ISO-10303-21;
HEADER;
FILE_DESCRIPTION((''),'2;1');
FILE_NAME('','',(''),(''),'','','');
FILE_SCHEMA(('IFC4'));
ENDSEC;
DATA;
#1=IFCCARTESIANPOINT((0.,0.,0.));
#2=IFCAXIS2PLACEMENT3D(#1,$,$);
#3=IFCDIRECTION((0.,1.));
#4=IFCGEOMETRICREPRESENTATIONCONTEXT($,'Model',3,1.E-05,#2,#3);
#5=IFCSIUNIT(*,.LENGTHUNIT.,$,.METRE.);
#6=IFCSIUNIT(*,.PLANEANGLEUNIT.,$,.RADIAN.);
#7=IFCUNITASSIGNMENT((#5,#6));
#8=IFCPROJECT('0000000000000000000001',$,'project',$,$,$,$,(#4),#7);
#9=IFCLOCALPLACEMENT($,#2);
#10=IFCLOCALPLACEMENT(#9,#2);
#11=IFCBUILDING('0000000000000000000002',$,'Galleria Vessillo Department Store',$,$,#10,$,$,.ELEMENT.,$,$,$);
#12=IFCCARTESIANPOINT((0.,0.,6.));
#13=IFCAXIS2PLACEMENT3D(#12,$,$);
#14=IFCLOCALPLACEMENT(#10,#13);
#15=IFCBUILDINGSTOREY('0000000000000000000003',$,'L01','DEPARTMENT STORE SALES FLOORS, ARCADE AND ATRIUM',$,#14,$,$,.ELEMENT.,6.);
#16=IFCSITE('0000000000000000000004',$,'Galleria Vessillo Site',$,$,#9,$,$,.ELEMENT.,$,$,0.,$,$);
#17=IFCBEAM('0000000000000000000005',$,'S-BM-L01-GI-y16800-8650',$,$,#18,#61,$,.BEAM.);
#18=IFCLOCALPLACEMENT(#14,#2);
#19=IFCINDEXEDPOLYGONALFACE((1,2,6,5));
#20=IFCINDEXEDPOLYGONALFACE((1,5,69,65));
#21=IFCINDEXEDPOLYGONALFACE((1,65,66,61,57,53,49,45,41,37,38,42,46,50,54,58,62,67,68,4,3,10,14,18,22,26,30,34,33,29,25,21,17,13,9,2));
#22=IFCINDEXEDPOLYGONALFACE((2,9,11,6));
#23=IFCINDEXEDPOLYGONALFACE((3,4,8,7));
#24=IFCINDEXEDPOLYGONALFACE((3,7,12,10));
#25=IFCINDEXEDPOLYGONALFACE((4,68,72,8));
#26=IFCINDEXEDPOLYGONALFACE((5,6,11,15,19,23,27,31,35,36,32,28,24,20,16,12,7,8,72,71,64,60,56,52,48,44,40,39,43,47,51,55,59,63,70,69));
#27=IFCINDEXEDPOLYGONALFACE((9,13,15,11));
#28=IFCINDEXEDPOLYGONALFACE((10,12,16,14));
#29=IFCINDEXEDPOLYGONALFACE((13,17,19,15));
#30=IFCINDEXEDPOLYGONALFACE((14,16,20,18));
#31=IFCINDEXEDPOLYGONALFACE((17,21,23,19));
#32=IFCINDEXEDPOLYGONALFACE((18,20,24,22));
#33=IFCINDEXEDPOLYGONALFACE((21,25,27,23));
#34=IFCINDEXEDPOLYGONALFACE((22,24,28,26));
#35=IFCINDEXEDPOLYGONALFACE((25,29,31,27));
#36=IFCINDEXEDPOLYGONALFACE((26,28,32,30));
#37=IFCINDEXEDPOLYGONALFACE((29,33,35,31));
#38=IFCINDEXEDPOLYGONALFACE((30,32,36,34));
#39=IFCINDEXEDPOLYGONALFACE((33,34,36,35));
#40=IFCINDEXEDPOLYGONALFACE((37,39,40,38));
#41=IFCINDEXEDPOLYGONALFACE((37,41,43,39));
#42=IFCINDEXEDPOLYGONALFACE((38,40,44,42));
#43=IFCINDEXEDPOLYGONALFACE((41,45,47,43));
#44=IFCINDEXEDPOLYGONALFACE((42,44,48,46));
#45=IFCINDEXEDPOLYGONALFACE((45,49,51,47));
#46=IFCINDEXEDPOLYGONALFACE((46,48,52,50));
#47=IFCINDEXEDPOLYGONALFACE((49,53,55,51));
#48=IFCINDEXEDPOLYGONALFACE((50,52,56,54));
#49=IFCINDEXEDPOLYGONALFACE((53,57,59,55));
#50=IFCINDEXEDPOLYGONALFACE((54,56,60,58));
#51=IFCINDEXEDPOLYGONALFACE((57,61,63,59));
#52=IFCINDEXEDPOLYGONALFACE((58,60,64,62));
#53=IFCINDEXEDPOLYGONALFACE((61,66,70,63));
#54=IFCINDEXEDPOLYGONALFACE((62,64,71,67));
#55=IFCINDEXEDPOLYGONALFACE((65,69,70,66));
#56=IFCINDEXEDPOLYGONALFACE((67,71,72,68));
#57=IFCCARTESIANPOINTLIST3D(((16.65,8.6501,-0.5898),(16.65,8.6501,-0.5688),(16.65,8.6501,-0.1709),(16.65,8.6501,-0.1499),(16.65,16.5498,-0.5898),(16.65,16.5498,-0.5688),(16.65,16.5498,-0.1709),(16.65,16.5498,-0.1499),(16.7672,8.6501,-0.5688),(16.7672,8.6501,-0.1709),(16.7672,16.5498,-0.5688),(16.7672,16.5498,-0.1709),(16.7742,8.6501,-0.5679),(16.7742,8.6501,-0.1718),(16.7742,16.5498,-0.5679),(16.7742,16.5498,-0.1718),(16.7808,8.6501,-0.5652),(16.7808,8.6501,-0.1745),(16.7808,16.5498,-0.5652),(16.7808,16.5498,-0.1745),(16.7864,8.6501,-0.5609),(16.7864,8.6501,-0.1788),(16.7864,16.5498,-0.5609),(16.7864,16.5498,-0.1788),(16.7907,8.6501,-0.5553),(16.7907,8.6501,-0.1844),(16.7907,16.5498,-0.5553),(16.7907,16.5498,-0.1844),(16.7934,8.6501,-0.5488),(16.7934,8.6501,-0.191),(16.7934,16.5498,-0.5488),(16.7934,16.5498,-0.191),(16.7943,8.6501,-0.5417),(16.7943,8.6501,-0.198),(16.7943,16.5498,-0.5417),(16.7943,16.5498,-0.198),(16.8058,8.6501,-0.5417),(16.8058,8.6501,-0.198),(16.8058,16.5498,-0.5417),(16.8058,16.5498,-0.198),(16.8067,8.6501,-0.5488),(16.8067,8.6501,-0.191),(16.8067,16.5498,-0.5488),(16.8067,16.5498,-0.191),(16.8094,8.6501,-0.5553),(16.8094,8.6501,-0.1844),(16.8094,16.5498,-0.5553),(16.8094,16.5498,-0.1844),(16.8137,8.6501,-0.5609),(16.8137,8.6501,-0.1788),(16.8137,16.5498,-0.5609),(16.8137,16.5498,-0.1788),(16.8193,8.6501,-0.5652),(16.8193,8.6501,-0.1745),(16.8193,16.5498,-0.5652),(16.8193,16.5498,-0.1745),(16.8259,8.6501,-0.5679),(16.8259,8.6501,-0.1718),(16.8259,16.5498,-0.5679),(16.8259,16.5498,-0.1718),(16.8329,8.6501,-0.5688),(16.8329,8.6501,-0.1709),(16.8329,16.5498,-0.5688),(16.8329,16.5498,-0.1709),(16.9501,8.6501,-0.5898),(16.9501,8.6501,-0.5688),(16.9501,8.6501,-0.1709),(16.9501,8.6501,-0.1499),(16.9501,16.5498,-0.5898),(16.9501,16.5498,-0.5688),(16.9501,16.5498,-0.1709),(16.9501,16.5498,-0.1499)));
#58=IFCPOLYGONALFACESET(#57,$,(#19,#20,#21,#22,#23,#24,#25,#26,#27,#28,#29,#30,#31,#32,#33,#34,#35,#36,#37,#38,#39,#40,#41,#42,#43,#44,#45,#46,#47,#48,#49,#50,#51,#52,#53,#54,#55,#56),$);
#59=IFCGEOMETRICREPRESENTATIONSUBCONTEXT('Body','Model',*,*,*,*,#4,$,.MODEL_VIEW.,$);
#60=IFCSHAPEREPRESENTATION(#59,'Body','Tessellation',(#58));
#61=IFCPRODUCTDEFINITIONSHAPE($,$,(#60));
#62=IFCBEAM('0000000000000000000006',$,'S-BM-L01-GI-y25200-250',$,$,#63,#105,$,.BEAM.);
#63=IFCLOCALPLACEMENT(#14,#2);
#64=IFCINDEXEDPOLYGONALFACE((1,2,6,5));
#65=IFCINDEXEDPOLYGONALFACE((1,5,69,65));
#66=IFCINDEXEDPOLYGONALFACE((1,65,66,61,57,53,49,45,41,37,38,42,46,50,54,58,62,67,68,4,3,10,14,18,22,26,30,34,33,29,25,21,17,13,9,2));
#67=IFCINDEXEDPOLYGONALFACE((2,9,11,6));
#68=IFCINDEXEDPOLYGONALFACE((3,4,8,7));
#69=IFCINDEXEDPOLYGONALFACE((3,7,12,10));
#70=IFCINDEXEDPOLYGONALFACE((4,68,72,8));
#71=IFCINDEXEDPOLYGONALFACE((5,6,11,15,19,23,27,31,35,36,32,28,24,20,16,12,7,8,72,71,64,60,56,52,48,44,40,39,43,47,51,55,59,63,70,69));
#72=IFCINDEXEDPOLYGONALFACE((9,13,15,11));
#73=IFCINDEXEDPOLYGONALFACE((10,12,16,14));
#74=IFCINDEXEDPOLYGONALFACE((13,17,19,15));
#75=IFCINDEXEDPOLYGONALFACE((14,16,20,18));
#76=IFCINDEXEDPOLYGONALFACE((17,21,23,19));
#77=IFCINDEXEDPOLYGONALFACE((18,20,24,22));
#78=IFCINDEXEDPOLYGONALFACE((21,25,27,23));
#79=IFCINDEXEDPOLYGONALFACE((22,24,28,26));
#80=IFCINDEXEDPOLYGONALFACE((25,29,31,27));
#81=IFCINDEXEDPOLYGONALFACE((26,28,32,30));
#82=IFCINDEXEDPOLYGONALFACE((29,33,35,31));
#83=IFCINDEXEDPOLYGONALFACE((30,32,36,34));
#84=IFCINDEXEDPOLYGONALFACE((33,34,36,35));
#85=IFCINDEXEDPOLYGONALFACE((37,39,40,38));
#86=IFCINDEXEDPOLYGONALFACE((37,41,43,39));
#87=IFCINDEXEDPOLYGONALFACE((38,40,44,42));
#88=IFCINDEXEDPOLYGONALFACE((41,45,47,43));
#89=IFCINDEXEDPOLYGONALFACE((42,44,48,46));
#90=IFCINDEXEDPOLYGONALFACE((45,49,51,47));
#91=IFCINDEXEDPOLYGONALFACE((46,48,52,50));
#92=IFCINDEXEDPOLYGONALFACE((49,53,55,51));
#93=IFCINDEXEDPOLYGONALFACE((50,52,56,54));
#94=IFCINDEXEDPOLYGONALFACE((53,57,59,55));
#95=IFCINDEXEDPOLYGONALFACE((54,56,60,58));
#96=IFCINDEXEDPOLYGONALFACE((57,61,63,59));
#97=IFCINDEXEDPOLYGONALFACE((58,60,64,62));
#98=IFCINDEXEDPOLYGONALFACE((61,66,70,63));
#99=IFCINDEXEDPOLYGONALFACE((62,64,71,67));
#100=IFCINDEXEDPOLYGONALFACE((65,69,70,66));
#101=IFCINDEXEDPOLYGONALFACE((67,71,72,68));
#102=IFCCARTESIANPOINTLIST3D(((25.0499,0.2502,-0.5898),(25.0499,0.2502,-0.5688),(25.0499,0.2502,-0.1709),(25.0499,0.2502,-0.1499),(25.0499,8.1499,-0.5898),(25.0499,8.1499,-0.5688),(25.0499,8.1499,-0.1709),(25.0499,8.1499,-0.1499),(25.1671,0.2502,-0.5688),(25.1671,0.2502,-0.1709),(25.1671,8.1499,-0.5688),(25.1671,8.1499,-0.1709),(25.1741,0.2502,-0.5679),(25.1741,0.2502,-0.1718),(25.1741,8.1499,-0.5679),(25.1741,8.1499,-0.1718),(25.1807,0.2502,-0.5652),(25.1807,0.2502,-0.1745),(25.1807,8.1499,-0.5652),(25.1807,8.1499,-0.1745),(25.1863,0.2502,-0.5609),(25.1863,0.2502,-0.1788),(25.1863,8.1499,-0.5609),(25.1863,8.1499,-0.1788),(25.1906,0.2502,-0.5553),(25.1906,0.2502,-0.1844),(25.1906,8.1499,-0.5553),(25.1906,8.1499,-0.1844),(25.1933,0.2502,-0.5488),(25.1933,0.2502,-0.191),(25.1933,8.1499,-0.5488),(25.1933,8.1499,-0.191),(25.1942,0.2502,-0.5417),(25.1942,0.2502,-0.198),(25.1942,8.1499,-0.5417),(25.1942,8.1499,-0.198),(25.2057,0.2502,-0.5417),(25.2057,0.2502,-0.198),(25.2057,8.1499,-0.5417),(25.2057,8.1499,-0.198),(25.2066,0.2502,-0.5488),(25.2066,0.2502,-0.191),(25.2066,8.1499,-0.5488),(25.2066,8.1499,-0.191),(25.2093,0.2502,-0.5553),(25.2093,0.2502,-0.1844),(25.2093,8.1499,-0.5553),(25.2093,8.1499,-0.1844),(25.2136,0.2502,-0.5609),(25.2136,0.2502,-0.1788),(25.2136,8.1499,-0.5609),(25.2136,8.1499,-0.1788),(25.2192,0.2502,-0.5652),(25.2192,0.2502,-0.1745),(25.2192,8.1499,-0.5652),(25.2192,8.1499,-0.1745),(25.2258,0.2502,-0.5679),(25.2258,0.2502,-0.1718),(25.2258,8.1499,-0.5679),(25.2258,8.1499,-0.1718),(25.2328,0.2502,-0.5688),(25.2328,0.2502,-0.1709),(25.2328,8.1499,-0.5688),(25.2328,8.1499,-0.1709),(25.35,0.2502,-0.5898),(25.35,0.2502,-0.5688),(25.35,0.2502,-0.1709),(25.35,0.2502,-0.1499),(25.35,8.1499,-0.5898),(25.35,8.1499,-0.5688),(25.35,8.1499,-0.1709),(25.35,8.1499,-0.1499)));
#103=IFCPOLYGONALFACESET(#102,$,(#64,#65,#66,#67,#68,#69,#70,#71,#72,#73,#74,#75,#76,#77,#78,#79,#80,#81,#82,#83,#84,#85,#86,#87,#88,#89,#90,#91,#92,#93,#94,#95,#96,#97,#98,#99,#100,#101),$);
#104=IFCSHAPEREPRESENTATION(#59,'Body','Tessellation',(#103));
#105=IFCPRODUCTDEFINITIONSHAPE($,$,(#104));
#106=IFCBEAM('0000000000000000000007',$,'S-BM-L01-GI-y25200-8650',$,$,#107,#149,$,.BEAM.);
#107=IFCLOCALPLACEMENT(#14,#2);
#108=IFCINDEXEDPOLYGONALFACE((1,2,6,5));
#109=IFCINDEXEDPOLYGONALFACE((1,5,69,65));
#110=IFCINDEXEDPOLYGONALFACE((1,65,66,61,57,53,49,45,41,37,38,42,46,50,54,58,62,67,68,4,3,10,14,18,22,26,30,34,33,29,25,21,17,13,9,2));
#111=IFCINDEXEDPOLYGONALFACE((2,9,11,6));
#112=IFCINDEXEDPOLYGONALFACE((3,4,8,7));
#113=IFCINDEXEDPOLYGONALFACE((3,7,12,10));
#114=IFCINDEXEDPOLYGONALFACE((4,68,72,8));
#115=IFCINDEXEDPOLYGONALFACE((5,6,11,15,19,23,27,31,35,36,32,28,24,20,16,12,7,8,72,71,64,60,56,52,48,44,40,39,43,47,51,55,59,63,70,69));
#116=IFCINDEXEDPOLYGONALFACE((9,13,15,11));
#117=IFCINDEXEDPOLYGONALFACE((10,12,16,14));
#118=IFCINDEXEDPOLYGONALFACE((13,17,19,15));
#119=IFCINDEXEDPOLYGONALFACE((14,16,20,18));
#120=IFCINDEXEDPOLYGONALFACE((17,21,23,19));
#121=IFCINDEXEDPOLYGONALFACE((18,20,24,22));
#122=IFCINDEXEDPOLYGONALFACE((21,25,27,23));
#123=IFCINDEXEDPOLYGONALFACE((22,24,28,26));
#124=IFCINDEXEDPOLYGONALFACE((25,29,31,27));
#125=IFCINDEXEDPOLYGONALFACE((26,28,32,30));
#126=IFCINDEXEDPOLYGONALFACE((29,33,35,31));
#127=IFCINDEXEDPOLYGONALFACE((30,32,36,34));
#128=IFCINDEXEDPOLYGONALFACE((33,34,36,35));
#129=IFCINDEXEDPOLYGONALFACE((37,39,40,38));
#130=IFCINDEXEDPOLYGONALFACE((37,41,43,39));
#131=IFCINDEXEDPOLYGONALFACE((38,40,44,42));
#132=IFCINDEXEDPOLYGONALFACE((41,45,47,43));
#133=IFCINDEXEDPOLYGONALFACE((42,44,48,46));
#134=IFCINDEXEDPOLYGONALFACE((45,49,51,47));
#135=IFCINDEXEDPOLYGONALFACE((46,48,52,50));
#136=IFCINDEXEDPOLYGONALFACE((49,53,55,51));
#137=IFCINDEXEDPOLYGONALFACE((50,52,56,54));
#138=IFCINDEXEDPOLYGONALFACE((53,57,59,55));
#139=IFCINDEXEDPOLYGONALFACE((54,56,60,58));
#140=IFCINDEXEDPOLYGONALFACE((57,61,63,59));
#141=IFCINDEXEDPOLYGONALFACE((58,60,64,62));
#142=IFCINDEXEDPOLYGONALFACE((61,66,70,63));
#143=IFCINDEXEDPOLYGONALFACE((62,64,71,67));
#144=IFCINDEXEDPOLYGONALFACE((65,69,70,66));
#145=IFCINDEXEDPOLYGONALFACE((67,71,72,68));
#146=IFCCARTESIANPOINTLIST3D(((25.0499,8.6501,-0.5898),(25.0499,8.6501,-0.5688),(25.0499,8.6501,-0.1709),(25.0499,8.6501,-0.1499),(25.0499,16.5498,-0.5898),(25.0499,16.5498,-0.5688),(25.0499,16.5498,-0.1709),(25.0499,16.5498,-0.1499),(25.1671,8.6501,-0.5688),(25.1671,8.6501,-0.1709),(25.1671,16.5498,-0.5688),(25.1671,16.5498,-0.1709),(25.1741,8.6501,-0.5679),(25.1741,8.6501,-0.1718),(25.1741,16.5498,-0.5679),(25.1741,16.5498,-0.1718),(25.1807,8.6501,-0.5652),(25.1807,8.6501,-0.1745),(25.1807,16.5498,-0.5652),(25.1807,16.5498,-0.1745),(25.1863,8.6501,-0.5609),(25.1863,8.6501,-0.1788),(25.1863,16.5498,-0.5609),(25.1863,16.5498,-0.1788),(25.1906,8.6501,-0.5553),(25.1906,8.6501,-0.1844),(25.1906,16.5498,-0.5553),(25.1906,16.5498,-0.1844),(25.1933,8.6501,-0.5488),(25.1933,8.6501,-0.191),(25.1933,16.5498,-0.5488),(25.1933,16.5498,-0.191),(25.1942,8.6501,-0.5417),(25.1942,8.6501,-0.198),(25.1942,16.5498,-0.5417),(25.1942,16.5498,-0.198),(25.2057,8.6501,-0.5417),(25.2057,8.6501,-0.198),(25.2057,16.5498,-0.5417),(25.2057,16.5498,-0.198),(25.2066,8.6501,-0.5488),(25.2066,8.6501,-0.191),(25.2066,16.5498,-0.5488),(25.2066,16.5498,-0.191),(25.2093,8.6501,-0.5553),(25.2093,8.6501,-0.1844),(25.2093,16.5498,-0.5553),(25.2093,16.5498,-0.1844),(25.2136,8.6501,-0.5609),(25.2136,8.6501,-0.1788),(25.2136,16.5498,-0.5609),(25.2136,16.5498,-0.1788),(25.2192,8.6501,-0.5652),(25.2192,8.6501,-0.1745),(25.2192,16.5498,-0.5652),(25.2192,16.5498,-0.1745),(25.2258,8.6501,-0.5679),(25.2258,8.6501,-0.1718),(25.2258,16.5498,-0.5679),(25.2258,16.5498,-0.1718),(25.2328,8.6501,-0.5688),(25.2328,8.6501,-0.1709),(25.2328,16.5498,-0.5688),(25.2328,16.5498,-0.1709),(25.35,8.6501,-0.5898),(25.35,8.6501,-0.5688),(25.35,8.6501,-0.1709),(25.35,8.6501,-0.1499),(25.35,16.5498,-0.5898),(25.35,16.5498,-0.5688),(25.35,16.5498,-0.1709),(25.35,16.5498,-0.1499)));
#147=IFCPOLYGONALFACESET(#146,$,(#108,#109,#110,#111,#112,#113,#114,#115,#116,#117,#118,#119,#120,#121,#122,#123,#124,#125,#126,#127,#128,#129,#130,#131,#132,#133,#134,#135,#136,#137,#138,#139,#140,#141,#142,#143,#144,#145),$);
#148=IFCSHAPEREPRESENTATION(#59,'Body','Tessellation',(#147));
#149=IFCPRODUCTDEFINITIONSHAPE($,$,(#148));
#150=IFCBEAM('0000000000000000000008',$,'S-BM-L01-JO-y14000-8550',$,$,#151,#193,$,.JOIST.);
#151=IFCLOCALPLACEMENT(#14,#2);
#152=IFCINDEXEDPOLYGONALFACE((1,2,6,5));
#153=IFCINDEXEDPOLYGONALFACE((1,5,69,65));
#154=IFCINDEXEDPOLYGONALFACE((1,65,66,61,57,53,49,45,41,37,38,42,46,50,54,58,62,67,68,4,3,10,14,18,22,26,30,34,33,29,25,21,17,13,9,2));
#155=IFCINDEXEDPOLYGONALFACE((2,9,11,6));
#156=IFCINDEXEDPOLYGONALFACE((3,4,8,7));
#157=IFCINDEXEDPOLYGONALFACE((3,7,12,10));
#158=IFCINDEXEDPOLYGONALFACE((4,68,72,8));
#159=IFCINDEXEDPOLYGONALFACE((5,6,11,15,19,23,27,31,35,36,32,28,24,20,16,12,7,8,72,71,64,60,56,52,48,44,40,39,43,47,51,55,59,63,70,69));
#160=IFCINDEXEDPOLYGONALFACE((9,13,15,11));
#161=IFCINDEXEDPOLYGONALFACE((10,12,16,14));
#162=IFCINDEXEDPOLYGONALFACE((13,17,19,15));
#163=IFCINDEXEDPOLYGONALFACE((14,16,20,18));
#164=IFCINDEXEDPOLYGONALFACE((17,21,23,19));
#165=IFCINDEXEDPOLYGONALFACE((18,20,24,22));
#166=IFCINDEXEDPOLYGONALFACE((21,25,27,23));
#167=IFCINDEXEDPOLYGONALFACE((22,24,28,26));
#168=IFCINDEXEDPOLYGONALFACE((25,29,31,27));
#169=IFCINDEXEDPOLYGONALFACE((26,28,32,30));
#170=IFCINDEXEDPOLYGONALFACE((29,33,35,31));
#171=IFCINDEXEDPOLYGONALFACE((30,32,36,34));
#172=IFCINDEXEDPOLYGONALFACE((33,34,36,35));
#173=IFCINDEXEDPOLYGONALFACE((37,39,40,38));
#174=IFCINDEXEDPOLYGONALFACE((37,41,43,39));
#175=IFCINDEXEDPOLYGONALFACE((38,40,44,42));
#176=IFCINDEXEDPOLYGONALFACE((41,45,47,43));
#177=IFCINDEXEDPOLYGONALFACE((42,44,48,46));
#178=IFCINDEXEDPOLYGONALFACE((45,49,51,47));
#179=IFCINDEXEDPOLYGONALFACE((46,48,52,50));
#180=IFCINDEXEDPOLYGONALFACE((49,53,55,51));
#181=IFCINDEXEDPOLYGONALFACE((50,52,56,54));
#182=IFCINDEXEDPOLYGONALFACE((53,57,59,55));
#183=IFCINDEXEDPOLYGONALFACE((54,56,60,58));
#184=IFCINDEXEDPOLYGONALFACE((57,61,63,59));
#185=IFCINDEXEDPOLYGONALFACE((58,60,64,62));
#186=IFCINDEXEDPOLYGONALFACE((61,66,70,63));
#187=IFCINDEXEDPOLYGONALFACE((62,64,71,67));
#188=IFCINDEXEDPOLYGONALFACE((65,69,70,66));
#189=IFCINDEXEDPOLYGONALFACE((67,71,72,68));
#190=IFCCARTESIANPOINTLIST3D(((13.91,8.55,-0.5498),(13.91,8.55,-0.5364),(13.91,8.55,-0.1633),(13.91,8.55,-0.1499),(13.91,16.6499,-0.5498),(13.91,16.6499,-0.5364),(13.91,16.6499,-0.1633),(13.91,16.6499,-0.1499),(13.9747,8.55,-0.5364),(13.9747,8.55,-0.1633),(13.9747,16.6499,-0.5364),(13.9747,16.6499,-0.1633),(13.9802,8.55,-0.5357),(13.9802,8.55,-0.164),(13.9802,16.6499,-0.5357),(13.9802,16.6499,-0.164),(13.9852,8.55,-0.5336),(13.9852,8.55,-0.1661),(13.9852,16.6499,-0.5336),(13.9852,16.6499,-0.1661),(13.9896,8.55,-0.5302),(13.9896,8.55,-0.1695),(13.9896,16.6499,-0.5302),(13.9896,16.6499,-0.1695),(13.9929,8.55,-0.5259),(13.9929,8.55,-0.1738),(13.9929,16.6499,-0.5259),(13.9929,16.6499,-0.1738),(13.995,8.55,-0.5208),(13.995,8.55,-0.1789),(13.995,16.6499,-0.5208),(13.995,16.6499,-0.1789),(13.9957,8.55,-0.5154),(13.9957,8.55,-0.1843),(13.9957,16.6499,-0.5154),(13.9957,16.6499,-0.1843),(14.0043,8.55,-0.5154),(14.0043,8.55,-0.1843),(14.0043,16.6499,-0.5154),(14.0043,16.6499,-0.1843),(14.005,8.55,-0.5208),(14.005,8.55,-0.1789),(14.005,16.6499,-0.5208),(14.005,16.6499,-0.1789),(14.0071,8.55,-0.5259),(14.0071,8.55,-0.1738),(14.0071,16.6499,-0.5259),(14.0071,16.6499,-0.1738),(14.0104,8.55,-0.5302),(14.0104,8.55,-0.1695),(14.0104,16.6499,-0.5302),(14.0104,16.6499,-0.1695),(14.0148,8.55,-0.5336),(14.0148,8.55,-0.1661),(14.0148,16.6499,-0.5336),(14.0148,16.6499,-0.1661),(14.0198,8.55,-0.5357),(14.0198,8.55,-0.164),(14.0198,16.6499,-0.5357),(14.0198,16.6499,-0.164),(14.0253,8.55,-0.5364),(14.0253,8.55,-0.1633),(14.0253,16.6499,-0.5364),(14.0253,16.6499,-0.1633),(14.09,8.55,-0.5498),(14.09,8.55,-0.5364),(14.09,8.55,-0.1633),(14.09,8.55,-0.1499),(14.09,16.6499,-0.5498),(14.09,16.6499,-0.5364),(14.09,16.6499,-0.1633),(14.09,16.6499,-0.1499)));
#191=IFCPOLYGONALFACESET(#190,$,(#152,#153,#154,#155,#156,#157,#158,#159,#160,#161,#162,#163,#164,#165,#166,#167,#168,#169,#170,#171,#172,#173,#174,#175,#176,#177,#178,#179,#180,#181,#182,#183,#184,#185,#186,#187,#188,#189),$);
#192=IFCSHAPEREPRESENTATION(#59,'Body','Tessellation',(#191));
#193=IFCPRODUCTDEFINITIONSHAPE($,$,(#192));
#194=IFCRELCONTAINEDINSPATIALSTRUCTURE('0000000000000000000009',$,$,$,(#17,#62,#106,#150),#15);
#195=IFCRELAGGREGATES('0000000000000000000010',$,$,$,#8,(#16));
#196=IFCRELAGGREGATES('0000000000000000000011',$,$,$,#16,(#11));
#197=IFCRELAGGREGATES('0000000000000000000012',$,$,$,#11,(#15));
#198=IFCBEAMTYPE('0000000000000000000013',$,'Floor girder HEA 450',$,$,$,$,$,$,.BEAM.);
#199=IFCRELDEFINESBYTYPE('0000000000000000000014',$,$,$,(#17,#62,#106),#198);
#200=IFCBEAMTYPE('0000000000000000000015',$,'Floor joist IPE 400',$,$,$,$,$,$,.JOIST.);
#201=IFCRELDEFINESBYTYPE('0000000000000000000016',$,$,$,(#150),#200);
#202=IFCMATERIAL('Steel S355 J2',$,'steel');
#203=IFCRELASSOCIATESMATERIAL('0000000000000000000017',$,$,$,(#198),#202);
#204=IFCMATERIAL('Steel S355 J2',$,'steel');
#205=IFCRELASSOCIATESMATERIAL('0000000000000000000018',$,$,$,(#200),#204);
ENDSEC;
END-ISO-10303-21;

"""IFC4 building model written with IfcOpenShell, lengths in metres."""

from ifc_helpers import new_model, si_unit, direction, frame, origin, origin_2d, place, context, subcontext, project, spatial, i_section, extrude, material, material_profile, profile_set, type_object, element, save


model = new_model("IFC4")

# Units and contexts
model_context = context("Model", 3, precision=1e-05, world=origin(), true_north=direction((0.0, 1.0)))
body_context = subcontext(model_context, "Body", "Model", "MODEL_VIEW")
ifc_project = project(units=[si_unit("LENGTHUNIT", "METRE"), si_unit("PLANEANGLEUNIT", "RADIAN")], contexts=[model_context])

# Site, building, storey
site_placement = place(None, origin())
site = spatial("IfcSite", under=ifc_project, at=site_placement, Name="Galleria Vessillo Site", CompositionType="ELEMENT", RefElevation=0.0)
building_placement = place(site_placement, origin())
building = spatial("IfcBuilding", under=site, at=building_placement, Name="Galleria Vessillo Department Store", CompositionType="ELEMENT")
storey_placement = place(building_placement, frame((0.0, 0.0, 6.0)))
storey = spatial("IfcBuildingStorey", under=building, at=storey_placement, Name="L01", Description="DEPARTMENT STORE SALES FLOORS, ARCADE AND ATRIUM", CompositionType="ELEMENT", Elevation=6.0)

# Beams
ifc_material_1 = material(Name="Steel S355 J2", Category="steel")
ifc_material_profile_1 = material_profile(ifc_material_1, i_section(OverallWidth=0.3, OverallDepth=0.4399, WebThickness=0.0115, FlangeThickness=0.021, FilletRadius=0.0271, at=origin_2d()), Name="HEA 450")
ifc_profile_set_1 = profile_set([ifc_material_profile_1], Name="Steel S355 J2")
beam_type_1 = type_object("IfcBeamType", Name="Floor girder HEA 450", PredefinedType="BEAM", material=ifc_profile_set_1)
for number, where, z_axis, x_axis, name in (
    (1, (16.8, 8.6501, -0.3699), (0.0, 1.0, 0.0), (-1.0, 0.0, 0.0), "S-BM-L01-GI-y16800-8650"),
    (2, (25.2, 0.2502, -0.3699), (0.0, 1.0, 0.0), (-1.0, 0.0, 0.0), "S-BM-L01-GI-y25200-250"),
    (3, (25.2, 8.6501, -0.3699), (0.0, 1.0, 0.0), (-1.0, 0.0, 0.0), "S-BM-L01-GI-y25200-8650"),
):
    element("IfcBeam", number, at=place(storey_placement, frame(where, z_axis=z_axis, x_axis=x_axis)), inside=storey, type_object=beam_type_1, Name=name, PredefinedType="BEAM", context=body_context, shape_type="SweptSolid", body=[
        extrude(i_section(OverallWidth=0.3, OverallDepth=0.4399, WebThickness=0.0115, FlangeThickness=0.021, FilletRadius=0.0271, at=origin_2d()), origin(), (0.0, 0.0, 1.0), 7.8997),
    ])
ifc_material_2 = material(Name="Steel S355 J2", Category="steel")
ifc_material_profile_2 = material_profile(ifc_material_2, i_section(OverallWidth=0.1799, OverallDepth=0.3999, WebThickness=0.0085, FlangeThickness=0.0134, FilletRadius=0.021, at=origin_2d()), Name="IPE 400")
ifc_profile_set_2 = profile_set([ifc_material_profile_2], Name="Steel S355 J2")
beam_type_2 = type_object("IfcBeamType", Name="Floor joist IPE 400", PredefinedType="JOIST", material=ifc_profile_set_2)
beam_placement = place(storey_placement, frame((14.0, 8.55, -0.3499), z_axis=(0.0, 1.0, 0.0), x_axis=(-1.0, 0.0, 0.0)))
element("IfcBeam", 4, at=beam_placement, inside=storey, type_object=beam_type_2, Name="S-BM-L01-JO-y14000-8550", PredefinedType="JOIST", context=body_context, shape_type="SweptSolid", body=[
    extrude(i_section(OverallWidth=0.1799, OverallDepth=0.3999, WebThickness=0.0085, FlangeThickness=0.0134, FilletRadius=0.021, at=origin_2d()), origin(), (0.0, 0.0, 1.0), 8.0999),
])

save(model, "model.ifc")
